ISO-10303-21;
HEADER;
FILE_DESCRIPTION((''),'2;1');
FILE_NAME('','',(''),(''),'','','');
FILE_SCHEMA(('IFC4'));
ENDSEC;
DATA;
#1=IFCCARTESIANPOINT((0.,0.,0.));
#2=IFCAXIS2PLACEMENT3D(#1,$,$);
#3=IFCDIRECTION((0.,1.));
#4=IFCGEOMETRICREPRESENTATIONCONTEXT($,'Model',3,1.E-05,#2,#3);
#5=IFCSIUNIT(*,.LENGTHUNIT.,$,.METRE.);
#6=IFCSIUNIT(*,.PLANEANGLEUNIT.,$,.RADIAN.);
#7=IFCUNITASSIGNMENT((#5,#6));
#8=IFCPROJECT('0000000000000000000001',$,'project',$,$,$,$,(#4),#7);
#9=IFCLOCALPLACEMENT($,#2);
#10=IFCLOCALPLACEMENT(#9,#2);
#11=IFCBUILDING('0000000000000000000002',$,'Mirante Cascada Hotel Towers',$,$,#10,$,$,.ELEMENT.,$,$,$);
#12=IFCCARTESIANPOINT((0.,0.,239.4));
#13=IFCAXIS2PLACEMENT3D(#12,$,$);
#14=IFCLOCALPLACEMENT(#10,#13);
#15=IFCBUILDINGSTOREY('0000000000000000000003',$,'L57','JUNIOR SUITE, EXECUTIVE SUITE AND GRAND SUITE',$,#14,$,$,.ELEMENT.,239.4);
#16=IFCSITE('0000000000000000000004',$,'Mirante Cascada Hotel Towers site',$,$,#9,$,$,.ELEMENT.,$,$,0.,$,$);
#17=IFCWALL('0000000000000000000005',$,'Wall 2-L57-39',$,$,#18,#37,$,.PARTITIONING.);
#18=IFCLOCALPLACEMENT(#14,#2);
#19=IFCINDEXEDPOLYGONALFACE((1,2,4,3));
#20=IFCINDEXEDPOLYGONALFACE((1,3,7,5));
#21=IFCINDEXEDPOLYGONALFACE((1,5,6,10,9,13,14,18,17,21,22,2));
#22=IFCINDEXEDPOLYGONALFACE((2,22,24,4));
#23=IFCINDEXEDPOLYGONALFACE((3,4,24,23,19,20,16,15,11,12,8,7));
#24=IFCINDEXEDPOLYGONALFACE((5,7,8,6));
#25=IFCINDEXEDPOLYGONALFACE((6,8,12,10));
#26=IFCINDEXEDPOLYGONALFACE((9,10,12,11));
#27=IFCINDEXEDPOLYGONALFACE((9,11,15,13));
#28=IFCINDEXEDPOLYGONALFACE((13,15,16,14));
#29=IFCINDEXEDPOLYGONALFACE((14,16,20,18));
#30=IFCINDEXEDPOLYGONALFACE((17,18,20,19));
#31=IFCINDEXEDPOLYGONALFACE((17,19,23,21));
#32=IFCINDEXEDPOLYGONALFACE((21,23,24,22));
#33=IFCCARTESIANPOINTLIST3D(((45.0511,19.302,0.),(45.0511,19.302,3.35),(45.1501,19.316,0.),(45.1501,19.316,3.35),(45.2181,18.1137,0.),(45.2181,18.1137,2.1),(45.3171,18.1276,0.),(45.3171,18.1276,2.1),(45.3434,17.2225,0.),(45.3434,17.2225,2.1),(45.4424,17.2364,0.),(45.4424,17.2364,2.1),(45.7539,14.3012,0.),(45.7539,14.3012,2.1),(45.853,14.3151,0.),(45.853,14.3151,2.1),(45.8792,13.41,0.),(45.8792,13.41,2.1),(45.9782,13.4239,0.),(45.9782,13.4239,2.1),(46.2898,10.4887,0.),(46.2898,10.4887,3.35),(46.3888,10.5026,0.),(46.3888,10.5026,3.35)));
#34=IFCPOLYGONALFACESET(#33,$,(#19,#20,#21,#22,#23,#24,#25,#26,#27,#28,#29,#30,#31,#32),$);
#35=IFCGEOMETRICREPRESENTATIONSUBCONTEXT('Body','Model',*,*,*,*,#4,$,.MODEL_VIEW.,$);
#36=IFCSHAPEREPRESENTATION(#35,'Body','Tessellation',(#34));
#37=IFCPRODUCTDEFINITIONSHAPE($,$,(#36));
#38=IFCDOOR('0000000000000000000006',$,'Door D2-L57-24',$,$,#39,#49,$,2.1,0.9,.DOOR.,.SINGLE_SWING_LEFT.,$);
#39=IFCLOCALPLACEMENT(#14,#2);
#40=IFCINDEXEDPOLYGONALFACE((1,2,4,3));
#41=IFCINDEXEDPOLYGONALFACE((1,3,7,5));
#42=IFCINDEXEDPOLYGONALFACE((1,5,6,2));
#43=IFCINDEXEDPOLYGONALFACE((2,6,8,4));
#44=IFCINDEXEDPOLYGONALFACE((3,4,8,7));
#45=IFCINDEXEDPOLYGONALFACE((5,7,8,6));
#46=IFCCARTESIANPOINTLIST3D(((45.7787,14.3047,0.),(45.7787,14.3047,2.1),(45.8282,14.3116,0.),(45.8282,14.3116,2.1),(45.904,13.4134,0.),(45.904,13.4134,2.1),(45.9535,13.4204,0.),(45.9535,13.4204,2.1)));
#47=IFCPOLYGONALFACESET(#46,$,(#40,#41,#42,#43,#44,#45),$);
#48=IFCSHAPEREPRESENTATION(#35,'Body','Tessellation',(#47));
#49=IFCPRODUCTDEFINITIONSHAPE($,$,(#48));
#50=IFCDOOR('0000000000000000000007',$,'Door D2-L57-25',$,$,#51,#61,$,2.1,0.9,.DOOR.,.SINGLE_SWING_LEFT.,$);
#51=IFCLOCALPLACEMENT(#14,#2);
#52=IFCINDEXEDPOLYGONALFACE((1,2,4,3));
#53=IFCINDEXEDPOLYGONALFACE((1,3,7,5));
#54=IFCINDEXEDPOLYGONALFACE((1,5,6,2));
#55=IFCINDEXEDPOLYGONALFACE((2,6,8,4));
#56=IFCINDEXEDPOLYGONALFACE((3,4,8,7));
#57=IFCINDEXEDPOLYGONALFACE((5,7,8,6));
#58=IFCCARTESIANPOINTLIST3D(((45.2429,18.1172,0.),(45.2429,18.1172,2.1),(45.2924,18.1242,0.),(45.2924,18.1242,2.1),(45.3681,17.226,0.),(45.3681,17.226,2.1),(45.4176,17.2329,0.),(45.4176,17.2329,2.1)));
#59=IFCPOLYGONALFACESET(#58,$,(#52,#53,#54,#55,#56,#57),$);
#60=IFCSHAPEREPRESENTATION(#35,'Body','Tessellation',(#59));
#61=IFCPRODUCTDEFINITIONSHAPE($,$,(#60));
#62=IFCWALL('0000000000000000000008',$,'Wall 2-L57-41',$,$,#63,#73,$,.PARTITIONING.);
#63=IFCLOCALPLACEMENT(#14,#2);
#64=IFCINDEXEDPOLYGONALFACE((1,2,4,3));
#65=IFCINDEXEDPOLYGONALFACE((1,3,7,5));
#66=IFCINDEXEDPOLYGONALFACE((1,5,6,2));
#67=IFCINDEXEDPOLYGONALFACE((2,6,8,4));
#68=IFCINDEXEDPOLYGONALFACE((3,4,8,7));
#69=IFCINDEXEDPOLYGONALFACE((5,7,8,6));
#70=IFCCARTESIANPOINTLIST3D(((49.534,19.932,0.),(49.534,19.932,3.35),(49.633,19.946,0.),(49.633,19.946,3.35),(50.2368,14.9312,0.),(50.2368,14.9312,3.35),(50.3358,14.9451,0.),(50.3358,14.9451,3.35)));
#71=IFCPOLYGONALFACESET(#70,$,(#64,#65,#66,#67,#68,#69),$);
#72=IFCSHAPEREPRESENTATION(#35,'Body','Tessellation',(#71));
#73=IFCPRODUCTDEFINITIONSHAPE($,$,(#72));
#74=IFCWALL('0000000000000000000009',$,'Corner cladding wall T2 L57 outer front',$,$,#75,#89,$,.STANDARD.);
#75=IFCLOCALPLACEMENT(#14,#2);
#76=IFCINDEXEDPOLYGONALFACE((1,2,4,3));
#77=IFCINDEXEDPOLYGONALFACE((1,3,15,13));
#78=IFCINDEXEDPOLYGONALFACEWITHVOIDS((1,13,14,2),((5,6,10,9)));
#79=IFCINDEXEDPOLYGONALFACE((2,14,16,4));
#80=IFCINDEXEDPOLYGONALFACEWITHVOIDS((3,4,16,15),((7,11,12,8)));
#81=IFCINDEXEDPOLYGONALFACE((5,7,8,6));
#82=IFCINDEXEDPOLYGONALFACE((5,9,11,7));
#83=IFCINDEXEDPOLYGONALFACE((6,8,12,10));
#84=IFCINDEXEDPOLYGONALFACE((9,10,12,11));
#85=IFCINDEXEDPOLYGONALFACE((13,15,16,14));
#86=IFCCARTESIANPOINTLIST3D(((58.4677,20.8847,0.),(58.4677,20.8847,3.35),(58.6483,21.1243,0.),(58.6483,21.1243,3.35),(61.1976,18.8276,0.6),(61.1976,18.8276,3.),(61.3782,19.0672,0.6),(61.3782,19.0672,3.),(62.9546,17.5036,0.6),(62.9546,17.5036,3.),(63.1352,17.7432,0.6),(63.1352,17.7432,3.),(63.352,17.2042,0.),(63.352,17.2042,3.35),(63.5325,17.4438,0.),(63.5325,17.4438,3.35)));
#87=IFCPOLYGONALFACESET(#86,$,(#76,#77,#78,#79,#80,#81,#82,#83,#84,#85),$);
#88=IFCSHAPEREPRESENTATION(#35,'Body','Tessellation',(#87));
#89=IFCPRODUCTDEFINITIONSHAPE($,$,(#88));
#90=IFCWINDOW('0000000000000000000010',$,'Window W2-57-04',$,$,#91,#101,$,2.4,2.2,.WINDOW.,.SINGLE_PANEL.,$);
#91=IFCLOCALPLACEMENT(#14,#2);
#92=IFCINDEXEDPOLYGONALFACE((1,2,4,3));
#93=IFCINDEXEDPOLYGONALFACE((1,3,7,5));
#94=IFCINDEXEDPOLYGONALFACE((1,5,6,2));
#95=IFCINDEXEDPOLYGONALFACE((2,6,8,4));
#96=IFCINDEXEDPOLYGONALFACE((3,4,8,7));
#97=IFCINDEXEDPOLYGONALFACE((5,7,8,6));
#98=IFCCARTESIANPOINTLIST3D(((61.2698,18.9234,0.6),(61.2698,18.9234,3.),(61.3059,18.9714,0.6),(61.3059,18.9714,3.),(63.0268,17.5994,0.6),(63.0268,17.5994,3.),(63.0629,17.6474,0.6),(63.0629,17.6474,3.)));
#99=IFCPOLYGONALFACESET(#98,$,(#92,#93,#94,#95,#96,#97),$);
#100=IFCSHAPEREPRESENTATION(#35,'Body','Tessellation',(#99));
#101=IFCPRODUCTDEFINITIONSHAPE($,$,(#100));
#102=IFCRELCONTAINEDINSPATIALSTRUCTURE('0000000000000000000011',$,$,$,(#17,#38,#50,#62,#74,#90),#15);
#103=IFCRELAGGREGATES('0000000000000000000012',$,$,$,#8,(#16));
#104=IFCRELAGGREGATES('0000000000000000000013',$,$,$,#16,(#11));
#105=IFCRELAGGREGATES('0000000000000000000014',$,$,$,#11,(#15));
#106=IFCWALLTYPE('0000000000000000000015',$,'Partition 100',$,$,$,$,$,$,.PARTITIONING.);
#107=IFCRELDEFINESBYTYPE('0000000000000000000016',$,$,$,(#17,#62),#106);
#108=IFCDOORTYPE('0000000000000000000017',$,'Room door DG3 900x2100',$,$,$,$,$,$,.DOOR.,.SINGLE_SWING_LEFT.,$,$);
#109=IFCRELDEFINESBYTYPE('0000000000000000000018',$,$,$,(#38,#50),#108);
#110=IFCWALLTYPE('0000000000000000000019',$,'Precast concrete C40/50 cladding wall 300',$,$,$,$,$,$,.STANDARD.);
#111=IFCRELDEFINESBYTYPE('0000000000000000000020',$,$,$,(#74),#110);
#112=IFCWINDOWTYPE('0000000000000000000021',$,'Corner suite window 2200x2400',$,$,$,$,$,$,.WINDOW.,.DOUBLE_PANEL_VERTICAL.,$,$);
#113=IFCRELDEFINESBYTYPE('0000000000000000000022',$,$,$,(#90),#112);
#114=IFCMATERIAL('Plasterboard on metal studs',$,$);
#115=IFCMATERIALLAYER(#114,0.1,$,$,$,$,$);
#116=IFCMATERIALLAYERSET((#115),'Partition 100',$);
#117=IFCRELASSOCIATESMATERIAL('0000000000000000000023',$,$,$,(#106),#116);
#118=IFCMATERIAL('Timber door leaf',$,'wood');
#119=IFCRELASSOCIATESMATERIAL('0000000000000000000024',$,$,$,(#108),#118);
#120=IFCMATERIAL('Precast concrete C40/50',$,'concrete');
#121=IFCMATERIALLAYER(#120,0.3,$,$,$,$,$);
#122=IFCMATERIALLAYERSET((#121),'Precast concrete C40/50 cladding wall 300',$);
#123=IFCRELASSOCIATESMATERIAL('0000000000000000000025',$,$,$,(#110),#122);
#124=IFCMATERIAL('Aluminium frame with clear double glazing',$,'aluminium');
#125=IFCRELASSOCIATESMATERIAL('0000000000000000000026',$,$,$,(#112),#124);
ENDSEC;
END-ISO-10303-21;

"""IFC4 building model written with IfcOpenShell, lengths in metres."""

from ifc_helpers import new_model, si_unit, direction, frame, frame_2d, origin, place, context, subcontext, project, spatial, rectangle, extrude, material, layer, layer_set, type_object, element, fill, save


model = new_model("IFC4")

# Units and contexts
model_context = context("Model", 3, precision=1e-05, world=origin(), true_north=direction((0.0, 1.0)))
body_context = subcontext(model_context, "Body", "Model", "MODEL_VIEW")
ifc_project = project(units=[si_unit("LENGTHUNIT", "METRE"), si_unit("PLANEANGLEUNIT", "RADIAN")], contexts=[model_context])

# Site, building, storey
site_placement = place(None, origin())
site = spatial("IfcSite", under=ifc_project, at=site_placement, Name="Mirante Cascada Hotel Towers site", CompositionType="ELEMENT", RefElevation=0.0)
building_placement = place(site_placement, origin())
building = spatial("IfcBuilding", under=site, at=building_placement, Name="Mirante Cascada Hotel Towers", CompositionType="ELEMENT")
storey_placement = place(building_placement, frame((0.0, 0.0, 239.4)))
storey = spatial("IfcBuildingStorey", under=building, at=storey_placement, Name="L57", Description="JUNIOR SUITE, EXECUTIVE SUITE AND GRAND SUITE", CompositionType="ELEMENT", Elevation=239.4)

# Shared definitions
ifc_material_1 = material(Name="Plasterboard on metal studs")
ifc_layer_1 = layer(ifc_material_1, 0.1)
ifc_layer_set_1 = layer_set([ifc_layer_1], Name="Partition 100")
wall_type_1 = type_object("IfcWallType", Name="Partition 100", PredefinedType="PARTITIONING", material=ifc_layer_set_1)
ifc_material_2 = material(Name="Timber door leaf", Category="wood")
door_type_1 = type_object("IfcDoorType", Name="Room door DG3 900x2100", OperationType="SINGLE_SWING_LEFT", PredefinedType="DOOR", material=ifc_material_2)

# Wall, openings, doors
wall_1_placement = place(storey_placement, frame((45.1006, 19.309, 0.0), z_axis=(0.0, 0.0, 1.0), x_axis=(0.139179, -0.990267, 0.0)))
wall_1 = element("IfcWall", 1, at=wall_1_placement, inside=storey, type_object=wall_type_1, Name="Wall 2-L57-39", PredefinedType="PARTITIONING", context=body_context, shape_type="SweptSolid", body=[
    extrude(rectangle(XDim=8.9, YDim=0.1, at=frame_2d((4.45, 0.0))), origin(), (0.0, 0.0, 1.0), 3.35),
])
opening_1_placement = place(wall_1_placement, frame((5.05, 0.0, 0.0)))
opening_1 = element("IfcOpeningElement", 2, at=opening_1_placement, cuts=wall_1, PredefinedType="OPENING", context=body_context, shape_type="SweptSolid", body=[
    extrude(rectangle(XDim=0.9, YDim=2.1, at=frame_2d((0.45, 1.05))), frame((0.0, 0.05, 0.0), z_axis=(0.0, -1.0, 0.0), x_axis=(1.0, 0.0, 0.0)), (0.0, 0.0, 1.0), 0.1),
])
opening_2_placement = place(wall_1_placement, frame((1.2, 0.0, 0.0)))
opening_2 = element("IfcOpeningElement", 3, at=opening_2_placement, cuts=wall_1, PredefinedType="OPENING", context=body_context, shape_type="SweptSolid", body=[
    extrude(rectangle(XDim=0.9, YDim=2.1, at=frame_2d((0.45, 1.05))), frame((0.0, 0.05, 0.0), z_axis=(0.0, -1.0, 0.0), x_axis=(1.0, 0.0, 0.0)), (0.0, 0.0, 1.0), 0.1),
])
door_1_placement = place(opening_1_placement, origin())
door_1 = element("IfcDoor", 4, at=door_1_placement, inside=storey, type_object=door_type_1, Name="Door D2-L57-24", OperationType="SINGLE_SWING_LEFT", OverallHeight=2.1, OverallWidth=0.9, PredefinedType="DOOR", context=body_context, shape_type="SweptSolid", body=[
    extrude(rectangle(XDim=0.9, YDim=2.1, at=frame_2d((0.45, 1.05))), frame((0.0, 0.025, 0.0), z_axis=(0.0, -1.0, 0.0), x_axis=(1.0, 0.0, 0.0)), (0.0, 0.0, 1.0), 0.05),
])
fill(opening_1, door_1)
door_2_placement = place(opening_2_placement, origin())
door_2 = element("IfcDoor", 5, at=door_2_placement, inside=storey, type_object=door_type_1, Name="Door D2-L57-25", OperationType="SINGLE_SWING_LEFT", OverallHeight=2.1, OverallWidth=0.9, PredefinedType="DOOR", context=body_context, shape_type="SweptSolid", body=[
    extrude(rectangle(XDim=0.9, YDim=2.1, at=frame_2d((0.45, 1.05))), frame((0.0, 0.025, 0.0), z_axis=(0.0, -1.0, 0.0), x_axis=(1.0, 0.0, 0.0)), (0.0, 0.0, 1.0), 0.05),
])
fill(opening_2, door_2)

# Wall
wall_2_placement = place(storey_placement, frame((49.5835, 19.939, 0.0), z_axis=(0.0, 0.0, 1.0), x_axis=(0.139167, -0.990269, 0.0)))
element("IfcWall", 6, at=wall_2_placement, inside=storey, type_object=wall_type_1, Name="Wall 2-L57-41", PredefinedType="PARTITIONING", context=body_context, shape_type="SweptSolid", body=[
    extrude(rectangle(XDim=5.05, YDim=0.1, at=frame_2d((2.525, 0.0))), origin(), (0.0, 0.0, 1.0), 3.35),
])

# Wall, opening, window
ifc_material_3 = material(Name="Precast concrete C40/50", Category="concrete")
ifc_layer_2 = layer(ifc_material_3, 0.3)
ifc_layer_set_2 = layer_set([ifc_layer_2], Name="Precast concrete C40/50 cladding wall 300")
wall_type_2 = type_object("IfcWallType", Name="Precast concrete C40/50 cladding wall 300", PredefinedType="STANDARD", material=ifc_layer_set_2)
wall_3_placement = place(storey_placement, frame((63.4422, 17.324, 0.0), z_axis=(0.0, 0.0, 1.0), x_axis=(-0.798636, 0.601814, 0.0)))
wall_3 = element("IfcWall", 7, at=wall_3_placement, inside=storey, type_object=wall_type_2, Name="Corner cladding wall T2 L57 outer front", PredefinedType="STANDARD", context=body_context, shape_type="SweptSolid", body=[
    extrude(rectangle(XDim=6.1157, YDim=0.3, at=frame_2d((3.0578, 0.0))), origin(), (0.0, 0.0, 1.0), 3.35),
])
opening_3_placement = place(wall_3_placement, frame((0.4975, 0.0, 0.6)))
opening_3 = element("IfcOpeningElement", 8, at=opening_3_placement, cuts=wall_3, PredefinedType="OPENING", context=body_context, shape_type="SweptSolid", body=[
    extrude(rectangle(XDim=2.2, YDim=2.4, at=frame_2d((1.1, 1.2))), frame((0.0, 0.15, 0.0), z_axis=(0.0, -1.0, 0.0), x_axis=(1.0, 0.0, 0.0)), (0.0, 0.0, 1.0), 0.3),
])
ifc_material_4 = material(Name="Aluminium frame with clear double glazing", Category="aluminium")
window_type = type_object("IfcWindowType", Name="Corner suite window 2200x2400", PartitioningType="DOUBLE_PANEL_VERTICAL", PredefinedType="WINDOW", material=ifc_material_4)
window_placement = place(opening_3_placement, origin())
window = element("IfcWindow", 9, at=window_placement, inside=storey, type_object=window_type, Name="Window W2-57-04", OverallHeight=2.4, OverallWidth=2.2, PartitioningType="SINGLE_PANEL", PredefinedType="WINDOW", context=body_context, shape_type="SweptSolid", body=[
    extrude(rectangle(XDim=2.2, YDim=2.4, at=frame_2d((1.1, 1.2))), frame((0.0, 0.03, 0.0), z_axis=(0.0, -1.0, 0.0), x_axis=(1.0, 0.0, 0.0)), (0.0, 0.0, 1.0), 0.06),
])
fill(opening_3, window)

save(model, "model.ifc")
